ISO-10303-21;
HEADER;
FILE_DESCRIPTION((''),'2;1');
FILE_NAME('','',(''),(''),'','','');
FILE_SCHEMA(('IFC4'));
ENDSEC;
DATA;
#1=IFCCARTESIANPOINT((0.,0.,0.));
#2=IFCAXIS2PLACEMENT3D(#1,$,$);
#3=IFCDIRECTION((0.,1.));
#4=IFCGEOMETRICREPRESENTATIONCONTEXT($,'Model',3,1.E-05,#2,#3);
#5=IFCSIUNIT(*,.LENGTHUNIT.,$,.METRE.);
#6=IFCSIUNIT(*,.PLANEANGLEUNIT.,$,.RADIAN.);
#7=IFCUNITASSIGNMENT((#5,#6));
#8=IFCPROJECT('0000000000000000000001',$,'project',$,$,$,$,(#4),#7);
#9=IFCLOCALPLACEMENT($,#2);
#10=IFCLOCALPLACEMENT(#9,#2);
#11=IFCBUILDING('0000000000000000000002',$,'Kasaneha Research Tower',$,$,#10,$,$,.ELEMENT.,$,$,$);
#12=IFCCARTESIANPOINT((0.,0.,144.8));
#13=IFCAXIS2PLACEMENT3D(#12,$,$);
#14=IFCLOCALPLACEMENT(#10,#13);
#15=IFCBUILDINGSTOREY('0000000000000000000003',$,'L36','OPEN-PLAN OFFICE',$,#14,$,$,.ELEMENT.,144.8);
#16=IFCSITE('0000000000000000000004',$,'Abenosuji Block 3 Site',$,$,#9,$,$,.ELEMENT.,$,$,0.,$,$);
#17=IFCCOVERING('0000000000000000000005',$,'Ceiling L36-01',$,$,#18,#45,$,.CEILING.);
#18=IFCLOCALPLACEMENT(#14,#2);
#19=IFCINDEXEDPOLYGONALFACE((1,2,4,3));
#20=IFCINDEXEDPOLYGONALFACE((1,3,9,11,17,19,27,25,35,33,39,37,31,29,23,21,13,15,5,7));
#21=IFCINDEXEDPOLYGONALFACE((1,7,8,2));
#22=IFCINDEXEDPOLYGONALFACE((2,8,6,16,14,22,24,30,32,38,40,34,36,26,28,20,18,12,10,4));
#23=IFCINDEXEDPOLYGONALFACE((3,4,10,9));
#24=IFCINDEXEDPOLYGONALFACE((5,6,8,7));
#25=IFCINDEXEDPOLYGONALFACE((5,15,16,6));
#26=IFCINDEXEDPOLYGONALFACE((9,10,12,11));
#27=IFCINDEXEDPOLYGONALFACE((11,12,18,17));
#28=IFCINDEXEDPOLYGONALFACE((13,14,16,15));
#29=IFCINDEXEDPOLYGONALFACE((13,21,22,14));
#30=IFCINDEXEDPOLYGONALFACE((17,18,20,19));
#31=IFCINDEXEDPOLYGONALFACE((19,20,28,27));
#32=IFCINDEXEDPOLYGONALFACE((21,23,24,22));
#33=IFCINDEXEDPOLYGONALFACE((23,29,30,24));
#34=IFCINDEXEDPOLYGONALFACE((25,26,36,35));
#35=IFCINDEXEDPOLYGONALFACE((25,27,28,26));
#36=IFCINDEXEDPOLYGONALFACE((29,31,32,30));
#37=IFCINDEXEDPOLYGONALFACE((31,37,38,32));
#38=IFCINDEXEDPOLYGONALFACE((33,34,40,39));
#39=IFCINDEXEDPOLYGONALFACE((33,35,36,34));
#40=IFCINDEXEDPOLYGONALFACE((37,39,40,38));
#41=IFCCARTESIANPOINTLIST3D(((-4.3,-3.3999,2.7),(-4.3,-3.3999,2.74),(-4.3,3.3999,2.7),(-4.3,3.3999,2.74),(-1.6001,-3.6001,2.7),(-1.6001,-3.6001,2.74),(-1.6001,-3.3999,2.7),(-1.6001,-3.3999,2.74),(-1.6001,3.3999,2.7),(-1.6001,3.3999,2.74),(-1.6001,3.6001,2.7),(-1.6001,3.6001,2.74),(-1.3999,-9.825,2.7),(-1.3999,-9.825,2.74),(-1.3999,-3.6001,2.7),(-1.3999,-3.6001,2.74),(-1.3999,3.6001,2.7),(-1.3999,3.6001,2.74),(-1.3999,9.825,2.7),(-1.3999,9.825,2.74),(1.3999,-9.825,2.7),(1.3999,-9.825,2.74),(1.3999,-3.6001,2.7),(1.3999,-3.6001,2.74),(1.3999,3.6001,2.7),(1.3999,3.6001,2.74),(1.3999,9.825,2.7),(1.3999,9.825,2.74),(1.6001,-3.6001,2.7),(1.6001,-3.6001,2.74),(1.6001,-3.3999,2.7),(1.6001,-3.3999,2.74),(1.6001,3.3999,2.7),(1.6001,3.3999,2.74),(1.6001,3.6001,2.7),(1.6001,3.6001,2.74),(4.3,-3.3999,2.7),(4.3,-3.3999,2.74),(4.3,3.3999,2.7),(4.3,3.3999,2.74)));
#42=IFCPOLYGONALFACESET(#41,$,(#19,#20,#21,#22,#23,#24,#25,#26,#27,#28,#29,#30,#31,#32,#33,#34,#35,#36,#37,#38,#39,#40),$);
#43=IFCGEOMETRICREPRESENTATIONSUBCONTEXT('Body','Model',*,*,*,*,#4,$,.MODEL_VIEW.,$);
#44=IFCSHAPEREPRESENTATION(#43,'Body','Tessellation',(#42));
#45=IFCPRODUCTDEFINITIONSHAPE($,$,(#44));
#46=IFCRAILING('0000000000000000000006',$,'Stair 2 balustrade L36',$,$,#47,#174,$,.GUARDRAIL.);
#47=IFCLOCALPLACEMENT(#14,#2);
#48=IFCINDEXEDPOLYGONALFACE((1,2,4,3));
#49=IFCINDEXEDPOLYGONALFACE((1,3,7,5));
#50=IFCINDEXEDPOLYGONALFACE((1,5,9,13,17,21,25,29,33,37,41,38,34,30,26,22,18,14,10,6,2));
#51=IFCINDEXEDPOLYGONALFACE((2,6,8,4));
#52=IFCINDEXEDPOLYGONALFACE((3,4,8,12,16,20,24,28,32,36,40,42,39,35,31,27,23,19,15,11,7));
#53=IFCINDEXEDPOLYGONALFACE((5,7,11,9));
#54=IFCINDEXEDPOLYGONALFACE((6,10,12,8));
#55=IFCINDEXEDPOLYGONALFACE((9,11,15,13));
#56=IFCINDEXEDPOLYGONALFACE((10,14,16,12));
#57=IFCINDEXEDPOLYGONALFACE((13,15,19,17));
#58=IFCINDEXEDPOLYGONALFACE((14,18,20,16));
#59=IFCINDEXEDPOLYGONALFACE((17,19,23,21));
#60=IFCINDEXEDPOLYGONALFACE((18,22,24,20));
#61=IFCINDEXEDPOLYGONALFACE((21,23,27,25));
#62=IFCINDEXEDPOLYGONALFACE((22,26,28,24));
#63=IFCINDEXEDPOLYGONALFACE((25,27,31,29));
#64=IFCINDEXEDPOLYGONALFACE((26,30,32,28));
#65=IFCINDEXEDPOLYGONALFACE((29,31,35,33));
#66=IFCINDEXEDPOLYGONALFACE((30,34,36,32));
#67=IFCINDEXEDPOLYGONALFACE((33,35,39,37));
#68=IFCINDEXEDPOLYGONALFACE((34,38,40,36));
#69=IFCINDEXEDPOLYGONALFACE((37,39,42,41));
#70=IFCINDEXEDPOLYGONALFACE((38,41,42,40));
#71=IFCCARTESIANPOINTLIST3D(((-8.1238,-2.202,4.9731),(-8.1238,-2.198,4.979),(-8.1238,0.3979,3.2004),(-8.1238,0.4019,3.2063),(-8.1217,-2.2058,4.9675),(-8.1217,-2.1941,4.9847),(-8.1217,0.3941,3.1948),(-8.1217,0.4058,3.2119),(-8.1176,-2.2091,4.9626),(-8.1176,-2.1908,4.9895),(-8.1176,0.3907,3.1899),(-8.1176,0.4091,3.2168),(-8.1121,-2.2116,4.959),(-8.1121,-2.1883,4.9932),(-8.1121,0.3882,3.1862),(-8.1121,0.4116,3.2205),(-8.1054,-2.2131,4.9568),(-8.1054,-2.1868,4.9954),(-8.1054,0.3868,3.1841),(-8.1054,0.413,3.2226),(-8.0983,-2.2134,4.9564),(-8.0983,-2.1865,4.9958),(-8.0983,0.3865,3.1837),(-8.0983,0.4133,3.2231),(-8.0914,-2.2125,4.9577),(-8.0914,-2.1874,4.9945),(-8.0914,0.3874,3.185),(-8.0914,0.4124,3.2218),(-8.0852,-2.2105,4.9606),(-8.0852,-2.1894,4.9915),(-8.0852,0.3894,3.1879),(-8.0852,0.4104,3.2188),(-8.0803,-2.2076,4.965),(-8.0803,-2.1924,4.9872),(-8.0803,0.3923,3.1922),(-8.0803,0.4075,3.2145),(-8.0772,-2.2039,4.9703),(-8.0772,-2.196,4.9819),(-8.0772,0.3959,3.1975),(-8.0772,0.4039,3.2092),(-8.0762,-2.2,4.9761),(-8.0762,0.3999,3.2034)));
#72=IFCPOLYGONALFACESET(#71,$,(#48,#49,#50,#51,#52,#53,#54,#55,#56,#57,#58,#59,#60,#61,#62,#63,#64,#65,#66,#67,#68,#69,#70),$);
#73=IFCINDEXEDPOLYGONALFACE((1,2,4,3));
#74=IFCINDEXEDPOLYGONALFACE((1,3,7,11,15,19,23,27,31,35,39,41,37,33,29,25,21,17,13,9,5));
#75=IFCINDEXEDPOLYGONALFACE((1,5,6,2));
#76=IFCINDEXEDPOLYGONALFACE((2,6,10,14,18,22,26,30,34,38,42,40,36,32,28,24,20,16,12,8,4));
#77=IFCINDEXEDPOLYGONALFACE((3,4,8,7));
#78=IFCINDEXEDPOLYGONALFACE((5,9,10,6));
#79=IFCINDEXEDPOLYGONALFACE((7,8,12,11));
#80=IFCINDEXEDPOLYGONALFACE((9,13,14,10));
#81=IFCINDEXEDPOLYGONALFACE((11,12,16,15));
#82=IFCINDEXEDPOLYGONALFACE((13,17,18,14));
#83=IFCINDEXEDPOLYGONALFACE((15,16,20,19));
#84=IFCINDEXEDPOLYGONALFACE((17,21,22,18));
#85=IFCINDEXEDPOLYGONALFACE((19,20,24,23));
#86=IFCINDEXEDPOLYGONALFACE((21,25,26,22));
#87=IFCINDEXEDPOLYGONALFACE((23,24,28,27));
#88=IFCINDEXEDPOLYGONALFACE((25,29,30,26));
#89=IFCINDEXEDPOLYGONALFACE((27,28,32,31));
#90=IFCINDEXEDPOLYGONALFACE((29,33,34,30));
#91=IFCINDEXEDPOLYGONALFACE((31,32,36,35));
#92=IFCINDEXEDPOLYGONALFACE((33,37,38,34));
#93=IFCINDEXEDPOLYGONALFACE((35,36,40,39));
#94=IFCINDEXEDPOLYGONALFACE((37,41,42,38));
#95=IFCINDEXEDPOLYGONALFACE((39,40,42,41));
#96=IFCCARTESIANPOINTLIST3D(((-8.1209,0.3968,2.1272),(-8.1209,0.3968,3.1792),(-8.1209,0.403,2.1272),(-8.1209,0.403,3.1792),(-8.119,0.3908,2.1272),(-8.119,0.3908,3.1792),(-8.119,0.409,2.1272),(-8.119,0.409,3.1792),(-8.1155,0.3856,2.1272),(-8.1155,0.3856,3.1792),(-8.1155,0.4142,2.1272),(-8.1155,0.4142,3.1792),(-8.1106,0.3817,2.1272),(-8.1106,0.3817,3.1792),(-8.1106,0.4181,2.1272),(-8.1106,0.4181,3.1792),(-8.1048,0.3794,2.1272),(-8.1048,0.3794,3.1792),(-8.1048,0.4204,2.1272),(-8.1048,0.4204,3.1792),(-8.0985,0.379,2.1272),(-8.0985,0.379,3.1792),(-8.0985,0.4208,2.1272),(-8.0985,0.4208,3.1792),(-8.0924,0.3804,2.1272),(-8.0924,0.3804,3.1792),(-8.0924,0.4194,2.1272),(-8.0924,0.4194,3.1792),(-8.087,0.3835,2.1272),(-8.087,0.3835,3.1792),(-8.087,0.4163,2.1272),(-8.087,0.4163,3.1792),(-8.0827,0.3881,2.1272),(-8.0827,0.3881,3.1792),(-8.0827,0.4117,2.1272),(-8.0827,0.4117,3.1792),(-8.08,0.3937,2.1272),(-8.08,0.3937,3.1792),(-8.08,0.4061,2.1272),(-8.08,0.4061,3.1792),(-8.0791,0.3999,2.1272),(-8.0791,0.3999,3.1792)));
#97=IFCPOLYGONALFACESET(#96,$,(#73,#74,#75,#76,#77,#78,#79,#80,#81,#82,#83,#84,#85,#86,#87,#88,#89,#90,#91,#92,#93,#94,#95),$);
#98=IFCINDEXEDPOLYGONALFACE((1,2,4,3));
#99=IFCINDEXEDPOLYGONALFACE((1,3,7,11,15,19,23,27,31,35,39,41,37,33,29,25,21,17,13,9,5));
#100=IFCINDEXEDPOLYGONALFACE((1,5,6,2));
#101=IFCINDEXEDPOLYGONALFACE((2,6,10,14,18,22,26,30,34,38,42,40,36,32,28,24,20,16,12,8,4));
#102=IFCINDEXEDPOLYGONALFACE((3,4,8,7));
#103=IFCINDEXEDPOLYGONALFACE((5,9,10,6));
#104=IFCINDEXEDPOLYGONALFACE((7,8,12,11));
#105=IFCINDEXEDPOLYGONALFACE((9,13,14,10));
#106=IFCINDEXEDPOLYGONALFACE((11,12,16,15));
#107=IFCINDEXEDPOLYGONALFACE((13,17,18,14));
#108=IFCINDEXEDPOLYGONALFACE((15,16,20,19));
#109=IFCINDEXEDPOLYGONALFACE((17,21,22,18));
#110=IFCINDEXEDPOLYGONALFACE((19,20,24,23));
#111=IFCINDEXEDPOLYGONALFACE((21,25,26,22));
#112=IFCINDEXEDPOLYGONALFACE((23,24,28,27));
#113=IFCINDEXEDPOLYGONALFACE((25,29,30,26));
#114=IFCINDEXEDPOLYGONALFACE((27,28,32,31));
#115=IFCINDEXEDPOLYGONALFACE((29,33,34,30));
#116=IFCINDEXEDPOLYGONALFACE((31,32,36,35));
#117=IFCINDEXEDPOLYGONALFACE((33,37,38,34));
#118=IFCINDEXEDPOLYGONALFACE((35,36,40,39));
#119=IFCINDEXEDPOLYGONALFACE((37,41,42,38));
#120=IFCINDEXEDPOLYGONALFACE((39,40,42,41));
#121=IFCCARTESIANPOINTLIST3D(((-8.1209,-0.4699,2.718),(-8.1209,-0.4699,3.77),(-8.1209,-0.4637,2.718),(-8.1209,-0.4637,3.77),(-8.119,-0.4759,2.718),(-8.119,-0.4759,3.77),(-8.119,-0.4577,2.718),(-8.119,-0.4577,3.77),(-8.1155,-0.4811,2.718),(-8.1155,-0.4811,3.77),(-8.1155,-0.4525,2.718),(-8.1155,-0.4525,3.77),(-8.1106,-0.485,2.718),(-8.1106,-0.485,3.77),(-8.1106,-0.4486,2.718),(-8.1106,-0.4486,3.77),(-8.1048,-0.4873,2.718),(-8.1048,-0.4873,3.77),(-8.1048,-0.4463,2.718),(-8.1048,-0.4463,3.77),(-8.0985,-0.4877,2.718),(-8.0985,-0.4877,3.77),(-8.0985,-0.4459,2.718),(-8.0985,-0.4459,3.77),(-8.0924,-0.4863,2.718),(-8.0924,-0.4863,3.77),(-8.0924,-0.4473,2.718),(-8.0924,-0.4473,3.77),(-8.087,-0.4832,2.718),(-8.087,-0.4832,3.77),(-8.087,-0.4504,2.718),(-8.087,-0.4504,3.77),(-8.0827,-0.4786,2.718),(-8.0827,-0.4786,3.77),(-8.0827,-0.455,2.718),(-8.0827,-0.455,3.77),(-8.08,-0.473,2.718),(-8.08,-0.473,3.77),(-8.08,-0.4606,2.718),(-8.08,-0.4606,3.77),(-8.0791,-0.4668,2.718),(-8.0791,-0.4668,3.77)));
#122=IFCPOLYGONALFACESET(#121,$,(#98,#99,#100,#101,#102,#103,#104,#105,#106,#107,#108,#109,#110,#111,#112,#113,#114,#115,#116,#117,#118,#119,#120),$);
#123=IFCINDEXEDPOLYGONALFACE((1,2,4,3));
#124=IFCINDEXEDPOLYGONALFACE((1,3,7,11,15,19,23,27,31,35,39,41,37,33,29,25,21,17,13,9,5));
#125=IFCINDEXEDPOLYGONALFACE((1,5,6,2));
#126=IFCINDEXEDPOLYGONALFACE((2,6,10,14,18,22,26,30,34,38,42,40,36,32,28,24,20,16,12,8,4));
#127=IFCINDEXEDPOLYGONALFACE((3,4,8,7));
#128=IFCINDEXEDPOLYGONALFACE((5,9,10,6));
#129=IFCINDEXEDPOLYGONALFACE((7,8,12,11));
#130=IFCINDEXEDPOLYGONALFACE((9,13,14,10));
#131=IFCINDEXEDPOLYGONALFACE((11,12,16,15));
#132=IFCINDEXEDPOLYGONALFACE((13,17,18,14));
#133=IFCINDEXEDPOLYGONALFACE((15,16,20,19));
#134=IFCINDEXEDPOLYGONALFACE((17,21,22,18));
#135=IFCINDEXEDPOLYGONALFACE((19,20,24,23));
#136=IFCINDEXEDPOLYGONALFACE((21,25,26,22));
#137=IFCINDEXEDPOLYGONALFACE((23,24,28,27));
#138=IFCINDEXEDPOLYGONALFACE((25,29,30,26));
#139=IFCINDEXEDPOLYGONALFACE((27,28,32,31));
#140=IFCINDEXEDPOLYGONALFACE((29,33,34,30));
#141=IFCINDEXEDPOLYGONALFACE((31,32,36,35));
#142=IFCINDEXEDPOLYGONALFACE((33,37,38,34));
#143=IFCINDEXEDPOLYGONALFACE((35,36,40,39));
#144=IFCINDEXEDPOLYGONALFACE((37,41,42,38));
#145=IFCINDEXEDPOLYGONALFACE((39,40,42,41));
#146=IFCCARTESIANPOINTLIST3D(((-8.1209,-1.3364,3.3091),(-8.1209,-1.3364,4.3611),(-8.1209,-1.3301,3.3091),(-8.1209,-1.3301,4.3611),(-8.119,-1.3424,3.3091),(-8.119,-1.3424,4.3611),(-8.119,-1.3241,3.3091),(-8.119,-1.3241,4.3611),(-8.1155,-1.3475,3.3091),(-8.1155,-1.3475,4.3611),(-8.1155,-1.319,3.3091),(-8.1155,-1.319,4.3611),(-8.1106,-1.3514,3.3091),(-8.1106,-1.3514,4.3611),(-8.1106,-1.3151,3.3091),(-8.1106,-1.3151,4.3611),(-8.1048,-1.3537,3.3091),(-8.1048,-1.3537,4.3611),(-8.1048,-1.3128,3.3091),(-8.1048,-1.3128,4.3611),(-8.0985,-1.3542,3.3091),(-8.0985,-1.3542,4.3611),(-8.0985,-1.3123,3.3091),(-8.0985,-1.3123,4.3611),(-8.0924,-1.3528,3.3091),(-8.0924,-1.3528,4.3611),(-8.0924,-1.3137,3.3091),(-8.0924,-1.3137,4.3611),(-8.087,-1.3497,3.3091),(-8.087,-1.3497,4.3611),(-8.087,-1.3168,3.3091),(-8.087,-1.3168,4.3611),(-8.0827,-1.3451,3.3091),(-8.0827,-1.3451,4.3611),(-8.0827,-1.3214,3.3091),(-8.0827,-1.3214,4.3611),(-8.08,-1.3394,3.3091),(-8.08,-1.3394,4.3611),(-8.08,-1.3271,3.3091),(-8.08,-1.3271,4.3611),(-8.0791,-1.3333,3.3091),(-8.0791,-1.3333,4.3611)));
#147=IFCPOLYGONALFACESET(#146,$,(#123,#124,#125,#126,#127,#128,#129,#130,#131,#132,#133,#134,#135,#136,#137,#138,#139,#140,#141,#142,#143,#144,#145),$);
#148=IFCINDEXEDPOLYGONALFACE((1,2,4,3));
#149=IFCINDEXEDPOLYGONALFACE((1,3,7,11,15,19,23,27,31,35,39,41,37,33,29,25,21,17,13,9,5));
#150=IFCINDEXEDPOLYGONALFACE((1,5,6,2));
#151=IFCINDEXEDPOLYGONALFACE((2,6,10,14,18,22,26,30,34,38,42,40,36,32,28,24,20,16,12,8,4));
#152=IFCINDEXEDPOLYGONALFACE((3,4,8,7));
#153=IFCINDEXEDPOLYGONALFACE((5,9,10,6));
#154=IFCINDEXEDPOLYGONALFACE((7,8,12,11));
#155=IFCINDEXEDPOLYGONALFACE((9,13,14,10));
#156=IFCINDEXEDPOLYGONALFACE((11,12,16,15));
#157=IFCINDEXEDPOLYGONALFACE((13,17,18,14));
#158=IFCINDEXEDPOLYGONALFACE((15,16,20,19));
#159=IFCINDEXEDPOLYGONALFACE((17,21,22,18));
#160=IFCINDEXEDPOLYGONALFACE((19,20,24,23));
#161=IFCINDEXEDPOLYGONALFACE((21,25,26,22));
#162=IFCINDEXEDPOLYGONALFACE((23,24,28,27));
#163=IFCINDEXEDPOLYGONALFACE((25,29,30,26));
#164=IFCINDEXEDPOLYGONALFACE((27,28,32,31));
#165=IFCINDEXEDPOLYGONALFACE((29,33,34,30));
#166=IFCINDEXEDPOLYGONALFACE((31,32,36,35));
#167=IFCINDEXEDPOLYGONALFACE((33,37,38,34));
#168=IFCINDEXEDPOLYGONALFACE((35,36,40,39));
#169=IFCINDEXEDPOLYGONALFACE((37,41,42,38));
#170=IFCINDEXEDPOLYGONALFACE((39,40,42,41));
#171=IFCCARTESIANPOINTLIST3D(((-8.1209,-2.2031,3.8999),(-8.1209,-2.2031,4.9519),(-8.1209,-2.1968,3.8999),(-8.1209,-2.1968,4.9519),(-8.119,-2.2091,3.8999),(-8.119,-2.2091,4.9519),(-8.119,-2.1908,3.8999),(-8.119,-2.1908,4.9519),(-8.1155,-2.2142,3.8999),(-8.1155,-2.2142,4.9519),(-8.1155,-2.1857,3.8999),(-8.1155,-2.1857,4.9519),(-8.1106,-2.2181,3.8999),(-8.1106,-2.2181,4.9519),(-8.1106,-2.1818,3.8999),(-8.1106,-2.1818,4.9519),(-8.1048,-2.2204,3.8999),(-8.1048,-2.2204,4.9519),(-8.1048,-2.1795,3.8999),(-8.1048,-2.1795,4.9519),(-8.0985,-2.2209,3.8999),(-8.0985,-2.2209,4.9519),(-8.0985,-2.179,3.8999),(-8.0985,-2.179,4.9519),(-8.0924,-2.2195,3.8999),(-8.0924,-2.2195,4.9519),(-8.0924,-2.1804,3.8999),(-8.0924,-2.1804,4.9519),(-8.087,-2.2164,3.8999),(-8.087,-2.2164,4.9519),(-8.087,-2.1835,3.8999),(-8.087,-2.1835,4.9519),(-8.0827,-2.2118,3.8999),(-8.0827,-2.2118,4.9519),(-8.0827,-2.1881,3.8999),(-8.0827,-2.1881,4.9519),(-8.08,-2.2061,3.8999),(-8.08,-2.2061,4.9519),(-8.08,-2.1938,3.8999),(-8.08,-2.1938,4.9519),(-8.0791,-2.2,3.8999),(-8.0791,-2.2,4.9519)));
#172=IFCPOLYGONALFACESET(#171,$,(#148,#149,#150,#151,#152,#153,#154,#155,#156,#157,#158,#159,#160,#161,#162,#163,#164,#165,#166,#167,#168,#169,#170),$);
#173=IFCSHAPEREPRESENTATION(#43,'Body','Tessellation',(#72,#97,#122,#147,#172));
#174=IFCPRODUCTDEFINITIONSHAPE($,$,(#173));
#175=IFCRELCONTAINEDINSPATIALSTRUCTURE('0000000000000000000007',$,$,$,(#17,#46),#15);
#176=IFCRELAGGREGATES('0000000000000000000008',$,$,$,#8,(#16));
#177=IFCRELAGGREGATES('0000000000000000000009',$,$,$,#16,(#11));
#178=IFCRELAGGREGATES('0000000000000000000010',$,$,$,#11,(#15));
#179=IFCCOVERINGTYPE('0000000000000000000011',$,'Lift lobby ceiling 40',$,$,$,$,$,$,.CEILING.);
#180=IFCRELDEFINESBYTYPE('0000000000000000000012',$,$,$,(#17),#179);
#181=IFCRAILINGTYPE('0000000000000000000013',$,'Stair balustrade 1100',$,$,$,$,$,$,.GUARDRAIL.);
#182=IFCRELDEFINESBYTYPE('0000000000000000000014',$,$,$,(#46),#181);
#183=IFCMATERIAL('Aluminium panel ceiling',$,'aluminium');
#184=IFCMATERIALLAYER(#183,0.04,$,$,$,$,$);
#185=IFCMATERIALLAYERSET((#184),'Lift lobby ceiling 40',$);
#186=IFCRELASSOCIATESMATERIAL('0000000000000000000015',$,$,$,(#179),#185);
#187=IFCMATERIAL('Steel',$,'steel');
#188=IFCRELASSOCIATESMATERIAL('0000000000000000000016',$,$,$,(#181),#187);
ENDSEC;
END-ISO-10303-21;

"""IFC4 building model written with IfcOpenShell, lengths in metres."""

from ifc_helpers import new_model, si_unit, direction, frame, origin, origin_2d, place, context, subcontext, project, spatial, polyline, circle, outline, extrude, material, layer, layer_set, type_object, element, save


model = new_model("IFC4")

# Units and contexts
model_context = context("Model", 3, precision=1e-05, world=origin(), true_north=direction((0.0, 1.0)))
body_context = subcontext(model_context, "Body", "Model", "MODEL_VIEW")
ifc_project = project(units=[si_unit("LENGTHUNIT", "METRE"), si_unit("PLANEANGLEUNIT", "RADIAN")], contexts=[model_context])

# Site, building, storey
site_placement = place(None, origin())
site = spatial("IfcSite", under=ifc_project, at=site_placement, Name="Abenosuji Block 3 Site", CompositionType="ELEMENT", RefElevation=0.0)
building_placement = place(site_placement, origin())
building = spatial("IfcBuilding", under=site, at=building_placement, Name="Kasaneha Research Tower", CompositionType="ELEMENT")
storey_placement = place(building_placement, frame((0.0, 0.0, 144.8)))
storey = spatial("IfcBuildingStorey", under=building, at=storey_placement, Name="L36", Description="OPEN-PLAN OFFICE", CompositionType="ELEMENT", Elevation=144.8)

# Covering
ifc_material_1 = material(Name="Aluminium panel ceiling", Category="aluminium")
ifc_layer_1 = layer(ifc_material_1, 0.04)
ifc_layer_set_1 = layer_set([ifc_layer_1], Name="Lift lobby ceiling 40")
covering_type_1 = type_object("IfcCoveringType", Name="Lift lobby ceiling 40", PredefinedType="CEILING", material=ifc_layer_set_1)
covering_1_placement = place(storey_placement, frame((0.0, 0.0, 2.7)))
element("IfcCovering", 1, at=covering_1_placement, inside=storey, type_object=covering_type_1, Name="Ceiling L36-01", PredefinedType="CEILING", context=body_context, shape_type="SweptSolid", body=[
    extrude(outline(polyline([(1.3999, 9.825), (1.3999, 3.6001), (1.6001, 3.6001), (1.6001, 3.3999), (4.3, 3.3999), (4.3, -3.3999), (1.6001, -3.3999), (1.6001, -3.6001), (1.3999, -3.6001), (1.3999, -9.825), (-1.3999, -9.825), (-1.3999, -3.6001), (-1.6001, -3.6001), (-1.6001, -3.3999), (-4.3, -3.3999), (-4.3, 3.3999), (-1.6001, 3.3999), (-1.6001, 3.6001), (-1.3999, 3.6001), (-1.3999, 9.825), (1.3999, 9.825)])), origin(), (0.0, 0.0, 1.0), 0.04),
])

# Railing
ifc_material_2 = material(Name="Steel", Category="steel")
railing_type_1 = type_object("IfcRailingType", Name="Stair balustrade 1100", PredefinedType="GUARDRAIL", material=ifc_material_2)
railing_1_placement = place(storey_placement, frame((-8.1001, 0.3999, 2.1272)))
element("IfcRailing", 2, at=railing_1_placement, inside=storey, type_object=railing_type_1, Name="Stair 2 balustrade L36", PredefinedType="GUARDRAIL", context=body_context, shape_type="SweptSolid", body=[
    extrude(circle(Radius=0.0239, at=origin_2d()), frame((0.0, 0.0, 1.0762), z_axis=(0.0, -0.826216, 0.563354), x_axis=(1.0, 0.0, 0.0)), (0.0, 0.0, 1.0), 3.1467),
    extrude(circle(Radius=0.021, at=origin_2d()), origin(), (0.0, 0.0, 1.0), 1.052),
    extrude(circle(Radius=0.021, at=origin_2d()), frame((0.0, -0.8667, 0.5908)), (0.0, 0.0, 1.0), 1.052),
    extrude(circle(Radius=0.021, at=origin_2d()), frame((0.0, -1.7332, 1.1819)), (0.0, 0.0, 1.0), 1.052),
    extrude(circle(Radius=0.021, at=origin_2d()), frame((0.0, -2.5999, 1.7727)), (0.0, 0.0, 1.0), 1.052),
])

save(model, "model.ifc")
